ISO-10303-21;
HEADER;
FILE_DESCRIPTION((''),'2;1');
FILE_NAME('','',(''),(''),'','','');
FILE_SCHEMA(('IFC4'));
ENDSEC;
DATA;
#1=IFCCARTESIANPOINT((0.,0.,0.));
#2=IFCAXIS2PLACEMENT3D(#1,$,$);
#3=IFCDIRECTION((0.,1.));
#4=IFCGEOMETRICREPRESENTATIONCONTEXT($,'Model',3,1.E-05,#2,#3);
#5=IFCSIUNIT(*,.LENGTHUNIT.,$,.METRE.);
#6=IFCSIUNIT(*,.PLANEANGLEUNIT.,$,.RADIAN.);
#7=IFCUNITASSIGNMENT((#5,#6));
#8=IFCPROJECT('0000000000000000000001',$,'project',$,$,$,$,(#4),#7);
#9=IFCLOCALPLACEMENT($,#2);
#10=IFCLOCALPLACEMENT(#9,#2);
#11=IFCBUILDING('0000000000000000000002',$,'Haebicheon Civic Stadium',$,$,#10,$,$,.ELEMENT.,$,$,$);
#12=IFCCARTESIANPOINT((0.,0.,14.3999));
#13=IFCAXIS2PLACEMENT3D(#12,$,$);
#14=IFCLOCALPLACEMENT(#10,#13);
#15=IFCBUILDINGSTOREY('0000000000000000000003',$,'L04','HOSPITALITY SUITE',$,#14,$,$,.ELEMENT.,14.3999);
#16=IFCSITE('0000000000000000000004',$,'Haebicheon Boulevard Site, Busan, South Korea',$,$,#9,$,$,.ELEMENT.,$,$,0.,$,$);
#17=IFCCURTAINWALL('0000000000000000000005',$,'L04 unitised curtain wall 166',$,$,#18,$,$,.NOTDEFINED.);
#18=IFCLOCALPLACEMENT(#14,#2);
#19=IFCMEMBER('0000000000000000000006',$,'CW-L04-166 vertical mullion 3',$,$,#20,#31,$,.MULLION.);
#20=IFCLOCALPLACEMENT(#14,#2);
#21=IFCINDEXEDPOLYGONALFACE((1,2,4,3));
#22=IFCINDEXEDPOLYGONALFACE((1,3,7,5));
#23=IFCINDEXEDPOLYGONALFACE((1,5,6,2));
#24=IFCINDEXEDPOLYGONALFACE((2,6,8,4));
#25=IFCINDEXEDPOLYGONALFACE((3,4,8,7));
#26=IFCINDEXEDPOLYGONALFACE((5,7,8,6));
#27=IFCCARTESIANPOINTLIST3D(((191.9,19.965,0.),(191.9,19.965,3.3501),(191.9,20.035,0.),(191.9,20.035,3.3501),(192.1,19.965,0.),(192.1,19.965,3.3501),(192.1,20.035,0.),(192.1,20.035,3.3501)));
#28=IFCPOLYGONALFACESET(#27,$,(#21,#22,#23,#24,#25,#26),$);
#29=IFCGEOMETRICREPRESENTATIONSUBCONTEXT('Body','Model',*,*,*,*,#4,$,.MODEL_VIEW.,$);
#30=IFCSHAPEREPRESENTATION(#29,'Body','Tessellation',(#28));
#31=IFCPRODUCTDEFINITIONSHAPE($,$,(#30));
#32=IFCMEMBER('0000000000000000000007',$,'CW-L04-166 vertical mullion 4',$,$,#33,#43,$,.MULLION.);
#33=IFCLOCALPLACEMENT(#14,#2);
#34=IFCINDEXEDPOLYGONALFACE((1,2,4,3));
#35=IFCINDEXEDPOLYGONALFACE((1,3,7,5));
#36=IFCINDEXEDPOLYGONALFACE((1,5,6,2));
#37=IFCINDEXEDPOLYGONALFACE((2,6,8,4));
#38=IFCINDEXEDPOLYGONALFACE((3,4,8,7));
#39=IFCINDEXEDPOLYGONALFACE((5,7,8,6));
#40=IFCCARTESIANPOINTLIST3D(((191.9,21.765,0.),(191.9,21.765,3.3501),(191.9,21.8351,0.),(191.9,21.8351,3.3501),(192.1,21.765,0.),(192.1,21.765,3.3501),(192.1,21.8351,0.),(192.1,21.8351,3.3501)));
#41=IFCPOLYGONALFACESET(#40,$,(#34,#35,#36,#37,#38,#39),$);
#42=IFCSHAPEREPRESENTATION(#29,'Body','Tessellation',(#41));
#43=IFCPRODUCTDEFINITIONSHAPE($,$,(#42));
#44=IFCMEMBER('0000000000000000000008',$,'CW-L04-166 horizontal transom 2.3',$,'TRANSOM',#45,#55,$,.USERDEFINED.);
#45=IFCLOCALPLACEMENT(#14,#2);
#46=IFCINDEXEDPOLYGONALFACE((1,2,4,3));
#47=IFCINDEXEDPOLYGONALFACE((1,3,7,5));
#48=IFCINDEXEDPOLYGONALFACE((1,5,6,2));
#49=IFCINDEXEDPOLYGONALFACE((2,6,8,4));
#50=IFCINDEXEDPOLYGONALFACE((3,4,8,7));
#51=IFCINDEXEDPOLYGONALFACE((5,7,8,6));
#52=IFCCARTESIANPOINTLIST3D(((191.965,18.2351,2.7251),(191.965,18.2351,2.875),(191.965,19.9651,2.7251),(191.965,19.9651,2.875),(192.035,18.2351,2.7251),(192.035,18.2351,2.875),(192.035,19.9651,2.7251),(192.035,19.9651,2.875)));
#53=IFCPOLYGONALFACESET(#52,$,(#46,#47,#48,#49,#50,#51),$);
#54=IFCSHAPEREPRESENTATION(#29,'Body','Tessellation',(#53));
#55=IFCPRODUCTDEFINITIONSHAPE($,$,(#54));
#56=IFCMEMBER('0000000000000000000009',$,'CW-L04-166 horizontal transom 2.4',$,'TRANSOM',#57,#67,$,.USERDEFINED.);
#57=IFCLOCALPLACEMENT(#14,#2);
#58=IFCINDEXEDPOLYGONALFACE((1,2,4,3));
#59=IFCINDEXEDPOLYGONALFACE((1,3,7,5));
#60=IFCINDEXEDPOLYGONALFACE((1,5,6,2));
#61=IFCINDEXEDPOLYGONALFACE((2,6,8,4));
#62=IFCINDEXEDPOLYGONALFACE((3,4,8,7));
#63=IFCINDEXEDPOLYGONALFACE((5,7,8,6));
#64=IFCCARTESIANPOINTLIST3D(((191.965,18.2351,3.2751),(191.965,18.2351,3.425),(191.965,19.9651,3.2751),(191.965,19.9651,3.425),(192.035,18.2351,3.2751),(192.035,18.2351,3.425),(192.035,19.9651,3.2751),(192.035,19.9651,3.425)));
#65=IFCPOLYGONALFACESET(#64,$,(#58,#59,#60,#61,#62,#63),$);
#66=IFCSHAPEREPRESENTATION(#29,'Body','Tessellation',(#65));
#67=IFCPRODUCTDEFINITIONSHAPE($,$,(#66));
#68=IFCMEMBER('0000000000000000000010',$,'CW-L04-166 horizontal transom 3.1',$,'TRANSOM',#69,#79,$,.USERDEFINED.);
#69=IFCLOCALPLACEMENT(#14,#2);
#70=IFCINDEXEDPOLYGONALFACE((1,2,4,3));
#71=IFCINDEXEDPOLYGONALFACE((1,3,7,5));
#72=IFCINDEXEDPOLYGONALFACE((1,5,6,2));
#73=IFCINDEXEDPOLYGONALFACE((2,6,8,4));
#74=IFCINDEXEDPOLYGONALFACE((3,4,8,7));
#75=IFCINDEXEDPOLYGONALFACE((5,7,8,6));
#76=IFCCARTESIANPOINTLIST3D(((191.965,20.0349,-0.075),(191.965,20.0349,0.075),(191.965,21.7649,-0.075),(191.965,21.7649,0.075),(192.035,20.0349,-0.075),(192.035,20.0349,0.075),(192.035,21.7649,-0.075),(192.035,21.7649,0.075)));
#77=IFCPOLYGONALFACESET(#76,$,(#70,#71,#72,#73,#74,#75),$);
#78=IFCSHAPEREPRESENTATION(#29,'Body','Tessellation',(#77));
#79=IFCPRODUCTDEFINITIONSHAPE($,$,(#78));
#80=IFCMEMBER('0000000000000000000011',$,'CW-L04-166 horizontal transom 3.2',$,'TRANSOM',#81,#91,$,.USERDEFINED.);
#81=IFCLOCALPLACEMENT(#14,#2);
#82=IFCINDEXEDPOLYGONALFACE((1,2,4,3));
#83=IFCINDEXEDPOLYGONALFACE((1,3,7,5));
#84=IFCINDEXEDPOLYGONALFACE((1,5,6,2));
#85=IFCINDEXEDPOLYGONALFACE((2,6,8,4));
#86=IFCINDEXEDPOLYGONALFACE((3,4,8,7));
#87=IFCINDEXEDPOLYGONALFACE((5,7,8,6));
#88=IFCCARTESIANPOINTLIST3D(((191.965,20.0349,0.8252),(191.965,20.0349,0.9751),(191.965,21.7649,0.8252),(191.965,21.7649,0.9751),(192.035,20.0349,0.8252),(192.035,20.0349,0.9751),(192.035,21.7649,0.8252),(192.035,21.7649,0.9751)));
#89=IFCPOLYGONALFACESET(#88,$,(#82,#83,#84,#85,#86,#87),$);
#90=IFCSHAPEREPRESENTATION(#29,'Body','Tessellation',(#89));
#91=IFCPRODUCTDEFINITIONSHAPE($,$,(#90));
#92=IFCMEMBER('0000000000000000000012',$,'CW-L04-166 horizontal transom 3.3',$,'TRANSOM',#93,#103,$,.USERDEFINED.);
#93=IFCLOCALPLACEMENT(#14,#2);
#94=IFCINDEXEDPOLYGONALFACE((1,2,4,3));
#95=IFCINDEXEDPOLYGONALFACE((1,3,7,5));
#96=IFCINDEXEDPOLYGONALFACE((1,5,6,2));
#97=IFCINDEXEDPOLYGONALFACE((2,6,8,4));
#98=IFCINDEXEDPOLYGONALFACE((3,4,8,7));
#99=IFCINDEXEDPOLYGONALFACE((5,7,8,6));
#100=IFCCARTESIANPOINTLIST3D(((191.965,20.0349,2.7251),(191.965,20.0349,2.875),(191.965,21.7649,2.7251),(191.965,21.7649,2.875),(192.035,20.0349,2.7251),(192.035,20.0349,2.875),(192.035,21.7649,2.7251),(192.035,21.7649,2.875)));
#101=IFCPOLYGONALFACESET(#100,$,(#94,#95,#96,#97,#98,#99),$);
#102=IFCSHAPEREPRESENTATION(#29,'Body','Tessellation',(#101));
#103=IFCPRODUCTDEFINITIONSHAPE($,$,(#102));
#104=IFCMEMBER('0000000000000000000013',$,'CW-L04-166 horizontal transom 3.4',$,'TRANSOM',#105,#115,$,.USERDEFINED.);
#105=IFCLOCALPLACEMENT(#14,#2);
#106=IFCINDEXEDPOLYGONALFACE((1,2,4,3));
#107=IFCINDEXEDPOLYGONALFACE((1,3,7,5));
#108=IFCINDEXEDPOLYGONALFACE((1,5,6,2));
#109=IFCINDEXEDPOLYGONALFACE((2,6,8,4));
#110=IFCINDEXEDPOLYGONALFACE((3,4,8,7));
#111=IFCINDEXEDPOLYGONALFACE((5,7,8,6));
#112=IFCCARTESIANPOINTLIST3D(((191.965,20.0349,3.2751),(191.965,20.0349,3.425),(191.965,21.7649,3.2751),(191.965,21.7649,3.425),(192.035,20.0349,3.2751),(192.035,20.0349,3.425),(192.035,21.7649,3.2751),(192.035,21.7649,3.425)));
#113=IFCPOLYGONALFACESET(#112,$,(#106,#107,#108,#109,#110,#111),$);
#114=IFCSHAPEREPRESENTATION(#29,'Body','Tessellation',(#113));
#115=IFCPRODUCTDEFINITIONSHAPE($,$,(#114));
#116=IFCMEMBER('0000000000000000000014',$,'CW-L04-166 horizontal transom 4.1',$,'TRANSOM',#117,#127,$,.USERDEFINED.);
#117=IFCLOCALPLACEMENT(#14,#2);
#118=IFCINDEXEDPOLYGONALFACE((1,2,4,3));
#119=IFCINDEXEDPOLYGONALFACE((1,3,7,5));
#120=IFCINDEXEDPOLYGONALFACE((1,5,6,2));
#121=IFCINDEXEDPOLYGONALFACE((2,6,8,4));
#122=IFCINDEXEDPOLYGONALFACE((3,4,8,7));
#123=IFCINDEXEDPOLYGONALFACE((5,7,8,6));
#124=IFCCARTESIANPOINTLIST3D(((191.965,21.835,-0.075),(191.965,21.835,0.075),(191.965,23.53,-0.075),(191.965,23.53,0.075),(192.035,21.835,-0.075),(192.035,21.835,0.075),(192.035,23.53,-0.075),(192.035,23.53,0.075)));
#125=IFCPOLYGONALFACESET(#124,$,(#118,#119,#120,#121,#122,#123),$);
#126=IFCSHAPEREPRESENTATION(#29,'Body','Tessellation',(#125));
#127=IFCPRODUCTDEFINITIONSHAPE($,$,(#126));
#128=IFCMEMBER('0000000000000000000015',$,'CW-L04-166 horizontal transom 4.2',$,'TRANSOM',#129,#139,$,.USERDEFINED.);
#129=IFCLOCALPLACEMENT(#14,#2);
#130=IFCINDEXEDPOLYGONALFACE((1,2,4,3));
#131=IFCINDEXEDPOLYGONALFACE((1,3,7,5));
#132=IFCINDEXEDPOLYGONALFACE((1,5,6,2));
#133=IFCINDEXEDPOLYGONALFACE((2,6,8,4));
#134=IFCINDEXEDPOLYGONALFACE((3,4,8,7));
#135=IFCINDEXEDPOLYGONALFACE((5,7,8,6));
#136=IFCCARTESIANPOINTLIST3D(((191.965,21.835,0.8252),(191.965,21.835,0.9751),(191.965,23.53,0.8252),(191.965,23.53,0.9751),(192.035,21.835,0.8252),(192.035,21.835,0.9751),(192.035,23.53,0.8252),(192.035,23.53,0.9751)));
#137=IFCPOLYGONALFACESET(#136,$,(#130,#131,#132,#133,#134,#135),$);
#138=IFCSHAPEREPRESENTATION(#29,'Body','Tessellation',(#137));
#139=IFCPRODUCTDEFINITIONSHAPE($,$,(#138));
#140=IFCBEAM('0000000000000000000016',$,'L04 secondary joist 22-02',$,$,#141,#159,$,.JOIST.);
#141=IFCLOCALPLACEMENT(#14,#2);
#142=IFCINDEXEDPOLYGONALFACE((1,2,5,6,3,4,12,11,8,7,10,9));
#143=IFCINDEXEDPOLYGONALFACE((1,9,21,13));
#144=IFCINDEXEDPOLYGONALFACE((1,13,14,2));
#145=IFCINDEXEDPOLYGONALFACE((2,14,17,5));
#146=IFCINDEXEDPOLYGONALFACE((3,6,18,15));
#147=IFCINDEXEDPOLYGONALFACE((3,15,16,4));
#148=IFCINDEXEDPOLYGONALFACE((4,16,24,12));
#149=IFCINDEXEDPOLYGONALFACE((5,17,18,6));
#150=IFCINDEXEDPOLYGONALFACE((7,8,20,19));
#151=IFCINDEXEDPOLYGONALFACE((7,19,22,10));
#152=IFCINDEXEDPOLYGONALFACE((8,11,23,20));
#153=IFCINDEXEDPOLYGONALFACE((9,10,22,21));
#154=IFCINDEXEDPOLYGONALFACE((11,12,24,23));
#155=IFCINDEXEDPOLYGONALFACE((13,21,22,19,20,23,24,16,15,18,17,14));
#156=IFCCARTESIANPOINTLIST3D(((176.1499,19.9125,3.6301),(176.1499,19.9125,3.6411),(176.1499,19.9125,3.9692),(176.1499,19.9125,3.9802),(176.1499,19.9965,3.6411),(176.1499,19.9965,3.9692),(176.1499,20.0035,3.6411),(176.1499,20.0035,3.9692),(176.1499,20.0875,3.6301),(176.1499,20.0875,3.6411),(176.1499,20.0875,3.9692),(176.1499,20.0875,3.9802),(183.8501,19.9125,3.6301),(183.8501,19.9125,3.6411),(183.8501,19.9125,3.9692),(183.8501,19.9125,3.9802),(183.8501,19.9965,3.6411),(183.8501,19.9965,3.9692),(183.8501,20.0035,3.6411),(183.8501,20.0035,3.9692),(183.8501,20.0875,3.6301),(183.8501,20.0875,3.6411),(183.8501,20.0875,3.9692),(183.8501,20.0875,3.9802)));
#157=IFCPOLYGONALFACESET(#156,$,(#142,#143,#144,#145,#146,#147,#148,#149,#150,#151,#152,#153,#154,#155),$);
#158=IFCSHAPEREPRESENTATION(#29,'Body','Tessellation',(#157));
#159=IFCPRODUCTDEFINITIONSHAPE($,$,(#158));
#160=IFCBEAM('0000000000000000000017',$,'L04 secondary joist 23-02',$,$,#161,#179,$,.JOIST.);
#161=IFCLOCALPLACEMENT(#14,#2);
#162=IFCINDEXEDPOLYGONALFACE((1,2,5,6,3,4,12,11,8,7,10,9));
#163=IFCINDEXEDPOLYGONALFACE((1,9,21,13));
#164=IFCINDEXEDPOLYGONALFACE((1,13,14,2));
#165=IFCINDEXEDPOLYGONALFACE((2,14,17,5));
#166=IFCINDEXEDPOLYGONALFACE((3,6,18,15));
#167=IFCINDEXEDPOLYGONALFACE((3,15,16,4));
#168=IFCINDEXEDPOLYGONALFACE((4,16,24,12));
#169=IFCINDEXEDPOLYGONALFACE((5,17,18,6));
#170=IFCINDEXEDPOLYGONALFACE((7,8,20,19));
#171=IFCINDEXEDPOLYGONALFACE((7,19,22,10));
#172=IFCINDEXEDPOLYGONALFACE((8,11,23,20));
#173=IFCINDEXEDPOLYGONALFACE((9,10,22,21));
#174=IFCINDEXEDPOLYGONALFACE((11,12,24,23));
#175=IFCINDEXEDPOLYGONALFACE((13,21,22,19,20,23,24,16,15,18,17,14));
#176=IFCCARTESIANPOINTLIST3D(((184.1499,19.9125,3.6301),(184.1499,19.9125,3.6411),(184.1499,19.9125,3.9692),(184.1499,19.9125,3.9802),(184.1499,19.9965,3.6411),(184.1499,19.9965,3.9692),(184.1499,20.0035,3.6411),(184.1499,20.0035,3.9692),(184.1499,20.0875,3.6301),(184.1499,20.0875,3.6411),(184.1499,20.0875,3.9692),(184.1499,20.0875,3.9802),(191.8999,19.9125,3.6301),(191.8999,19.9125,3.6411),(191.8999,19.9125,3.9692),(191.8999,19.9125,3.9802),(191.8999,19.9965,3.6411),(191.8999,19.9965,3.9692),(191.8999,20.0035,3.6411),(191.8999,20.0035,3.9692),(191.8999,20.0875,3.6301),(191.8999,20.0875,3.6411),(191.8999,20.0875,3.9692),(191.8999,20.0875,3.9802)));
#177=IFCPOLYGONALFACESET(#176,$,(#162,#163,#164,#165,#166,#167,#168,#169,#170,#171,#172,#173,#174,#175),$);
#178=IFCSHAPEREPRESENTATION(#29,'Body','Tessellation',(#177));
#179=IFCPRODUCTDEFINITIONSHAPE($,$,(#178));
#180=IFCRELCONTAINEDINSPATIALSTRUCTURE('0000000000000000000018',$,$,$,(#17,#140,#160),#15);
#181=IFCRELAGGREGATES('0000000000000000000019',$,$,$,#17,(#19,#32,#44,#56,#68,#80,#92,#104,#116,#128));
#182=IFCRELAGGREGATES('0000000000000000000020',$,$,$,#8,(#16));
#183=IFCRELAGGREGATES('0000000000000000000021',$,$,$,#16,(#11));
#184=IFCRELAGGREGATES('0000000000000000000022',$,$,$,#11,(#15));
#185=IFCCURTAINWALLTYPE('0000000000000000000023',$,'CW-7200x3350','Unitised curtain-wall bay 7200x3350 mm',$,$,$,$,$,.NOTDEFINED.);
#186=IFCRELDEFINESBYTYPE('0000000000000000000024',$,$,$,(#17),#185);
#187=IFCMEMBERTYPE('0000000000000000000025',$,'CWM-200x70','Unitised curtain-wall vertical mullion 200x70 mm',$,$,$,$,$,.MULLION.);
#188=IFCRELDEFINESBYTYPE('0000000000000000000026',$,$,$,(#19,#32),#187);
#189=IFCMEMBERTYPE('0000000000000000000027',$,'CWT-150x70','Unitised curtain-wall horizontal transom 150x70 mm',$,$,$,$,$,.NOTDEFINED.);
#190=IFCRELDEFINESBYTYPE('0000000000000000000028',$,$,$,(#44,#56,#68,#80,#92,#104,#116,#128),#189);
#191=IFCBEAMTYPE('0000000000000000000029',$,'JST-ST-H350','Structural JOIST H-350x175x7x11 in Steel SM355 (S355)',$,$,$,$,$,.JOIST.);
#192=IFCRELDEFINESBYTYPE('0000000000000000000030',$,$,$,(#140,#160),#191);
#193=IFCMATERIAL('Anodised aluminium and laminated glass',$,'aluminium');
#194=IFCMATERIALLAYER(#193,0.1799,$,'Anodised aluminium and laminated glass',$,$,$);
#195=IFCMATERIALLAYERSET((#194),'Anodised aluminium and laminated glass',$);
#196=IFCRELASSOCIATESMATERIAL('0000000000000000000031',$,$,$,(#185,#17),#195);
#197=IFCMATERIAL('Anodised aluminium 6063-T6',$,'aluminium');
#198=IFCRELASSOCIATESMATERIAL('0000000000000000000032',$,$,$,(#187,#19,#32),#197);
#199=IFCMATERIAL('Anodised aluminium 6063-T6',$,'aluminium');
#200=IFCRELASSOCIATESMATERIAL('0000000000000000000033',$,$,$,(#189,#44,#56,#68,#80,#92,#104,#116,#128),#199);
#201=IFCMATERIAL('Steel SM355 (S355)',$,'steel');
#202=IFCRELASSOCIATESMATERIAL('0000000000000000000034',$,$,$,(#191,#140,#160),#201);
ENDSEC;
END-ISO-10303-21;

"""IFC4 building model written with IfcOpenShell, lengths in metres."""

from ifc_helpers import new_model, si_unit, direction, frame, origin, origin_2d, place, context, subcontext, project, spatial, rectangle, i_section, extrude, material, layer, layer_set, material_profile, profile_set, type_object, element, aggregate, save


model = new_model("IFC4")

# Units and contexts
model_context = context("Model", 3, precision=1e-05, world=origin(), true_north=direction((0.0, 1.0)))
body_context = subcontext(model_context, "Body", "Model", "MODEL_VIEW")
ifc_project = project(units=[si_unit("LENGTHUNIT", "METRE"), si_unit("PLANEANGLEUNIT", "RADIAN")], contexts=[model_context])

# Site, building, storey
site_placement = place(None, origin())
site = spatial("IfcSite", under=ifc_project, at=site_placement, Name="Haebicheon Boulevard Site, Busan, South Korea", CompositionType="ELEMENT", RefElevation=0.0)
building_placement = place(site_placement, origin())
building = spatial("IfcBuilding", under=site, at=building_placement, Name="Haebicheon Civic Stadium", CompositionType="ELEMENT")
storey_placement = place(building_placement, frame((0.0, 0.0, 14.3999)))
storey = spatial("IfcBuildingStorey", under=building, at=storey_placement, Name="L04", Description="HOSPITALITY SUITE", CompositionType="ELEMENT", Elevation=14.3999)

# Curtain wall, members
ifc_material_1 = material(Name="Anodised aluminium and laminated glass", Category="aluminium")
ifc_layer_1 = layer(ifc_material_1, 0.1799, Name="Anodised aluminium and laminated glass")
ifc_layer_set_1 = layer_set([ifc_layer_1], Name="Anodised aluminium and laminated glass")
curtain_wall_type = type_object("IfcCurtainWallType", Name="CW-7200x3350", Description="Unitised curtain-wall bay 7200x3350 mm", PredefinedType="NOTDEFINED", material=ifc_layer_set_1)
curtain_wall_placement = place(storey_placement, origin())
curtain_wall = element("IfcCurtainWall", 1, at=curtain_wall_placement, inside=storey, type_object=curtain_wall_type, material=ifc_layer_set_1, Name="L04 unitised curtain wall 166", PredefinedType="NOTDEFINED")
ifc_material_2 = material(Name="Anodised aluminium 6063-T6", Category="aluminium")
ifc_material_profile_1 = material_profile(ifc_material_2, rectangle(XDim=0.0701, YDim=0.2, at=origin_2d()), Name="ALU-MULL-70x200")
ifc_profile_set_1 = profile_set([ifc_material_profile_1], Name="Anodised aluminium 6063-T6")
member_type_1 = type_object("IfcMemberType", Name="CWM-200x70", Description="Unitised curtain-wall vertical mullion 200x70 mm", PredefinedType="MULLION", material=ifc_profile_set_1)
member_1_placement = place(storey_placement, frame((192.0, 20.0, 0.0), z_axis=(0.0, 0.0, 1.0), x_axis=(0.0, 1.0, 0.0)))
member_1 = element("IfcMember", 2, at=member_1_placement, type_object=member_type_1, material=ifc_profile_set_1, Name="CW-L04-166 vertical mullion 3", PredefinedType="MULLION", context=body_context, shape_type="SweptSolid", body=[
    extrude(rectangle(XDim=0.0701, YDim=0.2, at=origin_2d()), origin(), (0.0, 0.0, 1.0), 3.3501),
])
member_2_placement = place(storey_placement, frame((192.0, 21.8, 0.0), z_axis=(0.0, 0.0, 1.0), x_axis=(0.0, 1.0, 0.0)))
member_2 = element("IfcMember", 3, at=member_2_placement, type_object=member_type_1, material=ifc_profile_set_1, Name="CW-L04-166 vertical mullion 4", PredefinedType="MULLION", context=body_context, shape_type="SweptSolid", body=[
    extrude(rectangle(XDim=0.0701, YDim=0.2, at=origin_2d()), origin(), (0.0, 0.0, 1.0), 3.3501),
])
ifc_material_3 = material(Name="Anodised aluminium 6063-T6", Category="aluminium")
ifc_material_profile_2 = material_profile(ifc_material_3, rectangle(XDim=0.0701, YDim=0.1499, at=origin_2d()), Name="ALU-TRAN-70x150")
ifc_profile_set_2 = profile_set([ifc_material_profile_2], Name="Anodised aluminium 6063-T6")
member_type_2 = type_object("IfcMemberType", Name="CWT-150x70", Description="Unitised curtain-wall horizontal transom 150x70 mm", PredefinedType="NOTDEFINED", material=ifc_profile_set_2)
member_3_placement = place(storey_placement, frame((192.0, 18.2351, 2.8), z_axis=(0.0, 1.0, 0.0), x_axis=(-1.0, 0.0, 0.0)))
member_3 = element("IfcMember", 4, at=member_3_placement, type_object=member_type_2, material=ifc_profile_set_2, Name="CW-L04-166 horizontal transom 2.3", ObjectType="TRANSOM", PredefinedType="USERDEFINED", context=body_context, shape_type="SweptSolid", body=[
    extrude(rectangle(XDim=0.0701, YDim=0.1499, at=origin_2d()), origin(), (0.0, 0.0, 1.0), 1.73),
])
member_4_placement = place(storey_placement, frame((192.0, 18.2351, 3.3501), z_axis=(0.0, 1.0, 0.0), x_axis=(-1.0, 0.0, 0.0)))
member_4 = element("IfcMember", 5, at=member_4_placement, type_object=member_type_2, material=ifc_profile_set_2, Name="CW-L04-166 horizontal transom 2.4", ObjectType="TRANSOM", PredefinedType="USERDEFINED", context=body_context, shape_type="SweptSolid", body=[
    extrude(rectangle(XDim=0.0701, YDim=0.1499, at=origin_2d()), origin(), (0.0, 0.0, 1.0), 1.73),
])
member_5_placement = place(storey_placement, frame((192.0, 20.0349, 0.0), z_axis=(0.0, 1.0, 0.0), x_axis=(-1.0, 0.0, 0.0)))
member_5 = element("IfcMember", 6, at=member_5_placement, type_object=member_type_2, material=ifc_profile_set_2, Name="CW-L04-166 horizontal transom 3.1", ObjectType="TRANSOM", PredefinedType="USERDEFINED", context=body_context, shape_type="SweptSolid", body=[
    extrude(rectangle(XDim=0.0701, YDim=0.1499, at=origin_2d()), origin(), (0.0, 0.0, 1.0), 1.73),
])
member_6_placement = place(storey_placement, frame((192.0, 20.0349, 0.9001), z_axis=(0.0, 1.0, 0.0), x_axis=(-1.0, 0.0, 0.0)))
member_6 = element("IfcMember", 7, at=member_6_placement, type_object=member_type_2, material=ifc_profile_set_2, Name="CW-L04-166 horizontal transom 3.2", ObjectType="TRANSOM", PredefinedType="USERDEFINED", context=body_context, shape_type="SweptSolid", body=[
    extrude(rectangle(XDim=0.0701, YDim=0.1499, at=origin_2d()), origin(), (0.0, 0.0, 1.0), 1.73),
])
member_7_placement = place(storey_placement, frame((192.0, 20.0349, 2.8), z_axis=(0.0, 1.0, 0.0), x_axis=(-1.0, 0.0, 0.0)))
member_7 = element("IfcMember", 8, at=member_7_placement, type_object=member_type_2, material=ifc_profile_set_2, Name="CW-L04-166 horizontal transom 3.3", ObjectType="TRANSOM", PredefinedType="USERDEFINED", context=body_context, shape_type="SweptSolid", body=[
    extrude(rectangle(XDim=0.0701, YDim=0.1499, at=origin_2d()), origin(), (0.0, 0.0, 1.0), 1.73),
])
member_8_placement = place(storey_placement, frame((192.0, 20.0349, 3.3501), z_axis=(0.0, 1.0, 0.0), x_axis=(-1.0, 0.0, 0.0)))
member_8 = element("IfcMember", 9, at=member_8_placement, type_object=member_type_2, material=ifc_profile_set_2, Name="CW-L04-166 horizontal transom 3.4", ObjectType="TRANSOM", PredefinedType="USERDEFINED", context=body_context, shape_type="SweptSolid", body=[
    extrude(rectangle(XDim=0.0701, YDim=0.1499, at=origin_2d()), origin(), (0.0, 0.0, 1.0), 1.73),
])
member_9_placement = place(storey_placement, frame((192.0, 21.835, 0.0), z_axis=(0.0, 1.0, 0.0), x_axis=(-1.0, 0.0, 0.0)))
member_9 = element("IfcMember", 10, at=member_9_placement, type_object=member_type_2, material=ifc_profile_set_2, Name="CW-L04-166 horizontal transom 4.1", ObjectType="TRANSOM", PredefinedType="USERDEFINED", context=body_context, shape_type="SweptSolid", body=[
    extrude(rectangle(XDim=0.0701, YDim=0.1499, at=origin_2d()), origin(), (0.0, 0.0, 1.0), 1.6951),
])
member_10_placement = place(storey_placement, frame((192.0, 21.835, 0.9001), z_axis=(0.0, 1.0, 0.0), x_axis=(-1.0, 0.0, 0.0)))
member_10 = element("IfcMember", 11, at=member_10_placement, type_object=member_type_2, material=ifc_profile_set_2, Name="CW-L04-166 horizontal transom 4.2", ObjectType="TRANSOM", PredefinedType="USERDEFINED", context=body_context, shape_type="SweptSolid", body=[
    extrude(rectangle(XDim=0.0701, YDim=0.1499, at=origin_2d()), origin(), (0.0, 0.0, 1.0), 1.6951),
])

# Beams
ifc_material_4 = material(Name="Steel SM355 (S355)", Category="steel")
ifc_material_profile_3 = material_profile(ifc_material_4, i_section(OverallWidth=0.175, OverallDepth=0.3501, WebThickness=0.0071, FlangeThickness=0.011, at=origin_2d()), Name="H-350x175x7x11")
ifc_profile_set_3 = profile_set([ifc_material_profile_3], Name="Steel SM355 (S355)")
beam_type = type_object("IfcBeamType", Name="JST-ST-H350", Description="Structural JOIST H-350x175x7x11 in Steel SM355 (S355)", PredefinedType="JOIST", material=ifc_profile_set_3)
beam_1_placement = place(storey_placement, frame((176.1499, 20.0, 3.8052), z_axis=(1.0, 0.0, 0.0), x_axis=(0.0, 1.0, 0.0)))
element("IfcBeam", 12, at=beam_1_placement, inside=storey, type_object=beam_type, material=ifc_profile_set_3, Name="L04 secondary joist 22-02", PredefinedType="JOIST", context=body_context, shape_type="SweptSolid", body=[
    extrude(i_section(OverallWidth=0.175, OverallDepth=0.3501, WebThickness=0.0071, FlangeThickness=0.011, at=origin_2d()), origin(), (0.0, 0.0, 1.0), 7.7002),
])
beam_2_placement = place(storey_placement, frame((184.1499, 20.0, 3.8052), z_axis=(1.0, 0.0, 0.0), x_axis=(0.0, 1.0, 0.0)))
element("IfcBeam", 13, at=beam_2_placement, inside=storey, type_object=beam_type, material=ifc_profile_set_3, Name="L04 secondary joist 23-02", PredefinedType="JOIST", context=body_context, shape_type="SweptSolid", body=[
    extrude(i_section(OverallWidth=0.175, OverallDepth=0.3501, WebThickness=0.0071, FlangeThickness=0.011, at=origin_2d()), origin(), (0.0, 0.0, 1.0), 7.75),
])

aggregate(curtain_wall, [member_1, member_2, member_3, member_4, member_5, member_6, member_7, member_8, member_9, member_10])

save(model, "model.ifc")
